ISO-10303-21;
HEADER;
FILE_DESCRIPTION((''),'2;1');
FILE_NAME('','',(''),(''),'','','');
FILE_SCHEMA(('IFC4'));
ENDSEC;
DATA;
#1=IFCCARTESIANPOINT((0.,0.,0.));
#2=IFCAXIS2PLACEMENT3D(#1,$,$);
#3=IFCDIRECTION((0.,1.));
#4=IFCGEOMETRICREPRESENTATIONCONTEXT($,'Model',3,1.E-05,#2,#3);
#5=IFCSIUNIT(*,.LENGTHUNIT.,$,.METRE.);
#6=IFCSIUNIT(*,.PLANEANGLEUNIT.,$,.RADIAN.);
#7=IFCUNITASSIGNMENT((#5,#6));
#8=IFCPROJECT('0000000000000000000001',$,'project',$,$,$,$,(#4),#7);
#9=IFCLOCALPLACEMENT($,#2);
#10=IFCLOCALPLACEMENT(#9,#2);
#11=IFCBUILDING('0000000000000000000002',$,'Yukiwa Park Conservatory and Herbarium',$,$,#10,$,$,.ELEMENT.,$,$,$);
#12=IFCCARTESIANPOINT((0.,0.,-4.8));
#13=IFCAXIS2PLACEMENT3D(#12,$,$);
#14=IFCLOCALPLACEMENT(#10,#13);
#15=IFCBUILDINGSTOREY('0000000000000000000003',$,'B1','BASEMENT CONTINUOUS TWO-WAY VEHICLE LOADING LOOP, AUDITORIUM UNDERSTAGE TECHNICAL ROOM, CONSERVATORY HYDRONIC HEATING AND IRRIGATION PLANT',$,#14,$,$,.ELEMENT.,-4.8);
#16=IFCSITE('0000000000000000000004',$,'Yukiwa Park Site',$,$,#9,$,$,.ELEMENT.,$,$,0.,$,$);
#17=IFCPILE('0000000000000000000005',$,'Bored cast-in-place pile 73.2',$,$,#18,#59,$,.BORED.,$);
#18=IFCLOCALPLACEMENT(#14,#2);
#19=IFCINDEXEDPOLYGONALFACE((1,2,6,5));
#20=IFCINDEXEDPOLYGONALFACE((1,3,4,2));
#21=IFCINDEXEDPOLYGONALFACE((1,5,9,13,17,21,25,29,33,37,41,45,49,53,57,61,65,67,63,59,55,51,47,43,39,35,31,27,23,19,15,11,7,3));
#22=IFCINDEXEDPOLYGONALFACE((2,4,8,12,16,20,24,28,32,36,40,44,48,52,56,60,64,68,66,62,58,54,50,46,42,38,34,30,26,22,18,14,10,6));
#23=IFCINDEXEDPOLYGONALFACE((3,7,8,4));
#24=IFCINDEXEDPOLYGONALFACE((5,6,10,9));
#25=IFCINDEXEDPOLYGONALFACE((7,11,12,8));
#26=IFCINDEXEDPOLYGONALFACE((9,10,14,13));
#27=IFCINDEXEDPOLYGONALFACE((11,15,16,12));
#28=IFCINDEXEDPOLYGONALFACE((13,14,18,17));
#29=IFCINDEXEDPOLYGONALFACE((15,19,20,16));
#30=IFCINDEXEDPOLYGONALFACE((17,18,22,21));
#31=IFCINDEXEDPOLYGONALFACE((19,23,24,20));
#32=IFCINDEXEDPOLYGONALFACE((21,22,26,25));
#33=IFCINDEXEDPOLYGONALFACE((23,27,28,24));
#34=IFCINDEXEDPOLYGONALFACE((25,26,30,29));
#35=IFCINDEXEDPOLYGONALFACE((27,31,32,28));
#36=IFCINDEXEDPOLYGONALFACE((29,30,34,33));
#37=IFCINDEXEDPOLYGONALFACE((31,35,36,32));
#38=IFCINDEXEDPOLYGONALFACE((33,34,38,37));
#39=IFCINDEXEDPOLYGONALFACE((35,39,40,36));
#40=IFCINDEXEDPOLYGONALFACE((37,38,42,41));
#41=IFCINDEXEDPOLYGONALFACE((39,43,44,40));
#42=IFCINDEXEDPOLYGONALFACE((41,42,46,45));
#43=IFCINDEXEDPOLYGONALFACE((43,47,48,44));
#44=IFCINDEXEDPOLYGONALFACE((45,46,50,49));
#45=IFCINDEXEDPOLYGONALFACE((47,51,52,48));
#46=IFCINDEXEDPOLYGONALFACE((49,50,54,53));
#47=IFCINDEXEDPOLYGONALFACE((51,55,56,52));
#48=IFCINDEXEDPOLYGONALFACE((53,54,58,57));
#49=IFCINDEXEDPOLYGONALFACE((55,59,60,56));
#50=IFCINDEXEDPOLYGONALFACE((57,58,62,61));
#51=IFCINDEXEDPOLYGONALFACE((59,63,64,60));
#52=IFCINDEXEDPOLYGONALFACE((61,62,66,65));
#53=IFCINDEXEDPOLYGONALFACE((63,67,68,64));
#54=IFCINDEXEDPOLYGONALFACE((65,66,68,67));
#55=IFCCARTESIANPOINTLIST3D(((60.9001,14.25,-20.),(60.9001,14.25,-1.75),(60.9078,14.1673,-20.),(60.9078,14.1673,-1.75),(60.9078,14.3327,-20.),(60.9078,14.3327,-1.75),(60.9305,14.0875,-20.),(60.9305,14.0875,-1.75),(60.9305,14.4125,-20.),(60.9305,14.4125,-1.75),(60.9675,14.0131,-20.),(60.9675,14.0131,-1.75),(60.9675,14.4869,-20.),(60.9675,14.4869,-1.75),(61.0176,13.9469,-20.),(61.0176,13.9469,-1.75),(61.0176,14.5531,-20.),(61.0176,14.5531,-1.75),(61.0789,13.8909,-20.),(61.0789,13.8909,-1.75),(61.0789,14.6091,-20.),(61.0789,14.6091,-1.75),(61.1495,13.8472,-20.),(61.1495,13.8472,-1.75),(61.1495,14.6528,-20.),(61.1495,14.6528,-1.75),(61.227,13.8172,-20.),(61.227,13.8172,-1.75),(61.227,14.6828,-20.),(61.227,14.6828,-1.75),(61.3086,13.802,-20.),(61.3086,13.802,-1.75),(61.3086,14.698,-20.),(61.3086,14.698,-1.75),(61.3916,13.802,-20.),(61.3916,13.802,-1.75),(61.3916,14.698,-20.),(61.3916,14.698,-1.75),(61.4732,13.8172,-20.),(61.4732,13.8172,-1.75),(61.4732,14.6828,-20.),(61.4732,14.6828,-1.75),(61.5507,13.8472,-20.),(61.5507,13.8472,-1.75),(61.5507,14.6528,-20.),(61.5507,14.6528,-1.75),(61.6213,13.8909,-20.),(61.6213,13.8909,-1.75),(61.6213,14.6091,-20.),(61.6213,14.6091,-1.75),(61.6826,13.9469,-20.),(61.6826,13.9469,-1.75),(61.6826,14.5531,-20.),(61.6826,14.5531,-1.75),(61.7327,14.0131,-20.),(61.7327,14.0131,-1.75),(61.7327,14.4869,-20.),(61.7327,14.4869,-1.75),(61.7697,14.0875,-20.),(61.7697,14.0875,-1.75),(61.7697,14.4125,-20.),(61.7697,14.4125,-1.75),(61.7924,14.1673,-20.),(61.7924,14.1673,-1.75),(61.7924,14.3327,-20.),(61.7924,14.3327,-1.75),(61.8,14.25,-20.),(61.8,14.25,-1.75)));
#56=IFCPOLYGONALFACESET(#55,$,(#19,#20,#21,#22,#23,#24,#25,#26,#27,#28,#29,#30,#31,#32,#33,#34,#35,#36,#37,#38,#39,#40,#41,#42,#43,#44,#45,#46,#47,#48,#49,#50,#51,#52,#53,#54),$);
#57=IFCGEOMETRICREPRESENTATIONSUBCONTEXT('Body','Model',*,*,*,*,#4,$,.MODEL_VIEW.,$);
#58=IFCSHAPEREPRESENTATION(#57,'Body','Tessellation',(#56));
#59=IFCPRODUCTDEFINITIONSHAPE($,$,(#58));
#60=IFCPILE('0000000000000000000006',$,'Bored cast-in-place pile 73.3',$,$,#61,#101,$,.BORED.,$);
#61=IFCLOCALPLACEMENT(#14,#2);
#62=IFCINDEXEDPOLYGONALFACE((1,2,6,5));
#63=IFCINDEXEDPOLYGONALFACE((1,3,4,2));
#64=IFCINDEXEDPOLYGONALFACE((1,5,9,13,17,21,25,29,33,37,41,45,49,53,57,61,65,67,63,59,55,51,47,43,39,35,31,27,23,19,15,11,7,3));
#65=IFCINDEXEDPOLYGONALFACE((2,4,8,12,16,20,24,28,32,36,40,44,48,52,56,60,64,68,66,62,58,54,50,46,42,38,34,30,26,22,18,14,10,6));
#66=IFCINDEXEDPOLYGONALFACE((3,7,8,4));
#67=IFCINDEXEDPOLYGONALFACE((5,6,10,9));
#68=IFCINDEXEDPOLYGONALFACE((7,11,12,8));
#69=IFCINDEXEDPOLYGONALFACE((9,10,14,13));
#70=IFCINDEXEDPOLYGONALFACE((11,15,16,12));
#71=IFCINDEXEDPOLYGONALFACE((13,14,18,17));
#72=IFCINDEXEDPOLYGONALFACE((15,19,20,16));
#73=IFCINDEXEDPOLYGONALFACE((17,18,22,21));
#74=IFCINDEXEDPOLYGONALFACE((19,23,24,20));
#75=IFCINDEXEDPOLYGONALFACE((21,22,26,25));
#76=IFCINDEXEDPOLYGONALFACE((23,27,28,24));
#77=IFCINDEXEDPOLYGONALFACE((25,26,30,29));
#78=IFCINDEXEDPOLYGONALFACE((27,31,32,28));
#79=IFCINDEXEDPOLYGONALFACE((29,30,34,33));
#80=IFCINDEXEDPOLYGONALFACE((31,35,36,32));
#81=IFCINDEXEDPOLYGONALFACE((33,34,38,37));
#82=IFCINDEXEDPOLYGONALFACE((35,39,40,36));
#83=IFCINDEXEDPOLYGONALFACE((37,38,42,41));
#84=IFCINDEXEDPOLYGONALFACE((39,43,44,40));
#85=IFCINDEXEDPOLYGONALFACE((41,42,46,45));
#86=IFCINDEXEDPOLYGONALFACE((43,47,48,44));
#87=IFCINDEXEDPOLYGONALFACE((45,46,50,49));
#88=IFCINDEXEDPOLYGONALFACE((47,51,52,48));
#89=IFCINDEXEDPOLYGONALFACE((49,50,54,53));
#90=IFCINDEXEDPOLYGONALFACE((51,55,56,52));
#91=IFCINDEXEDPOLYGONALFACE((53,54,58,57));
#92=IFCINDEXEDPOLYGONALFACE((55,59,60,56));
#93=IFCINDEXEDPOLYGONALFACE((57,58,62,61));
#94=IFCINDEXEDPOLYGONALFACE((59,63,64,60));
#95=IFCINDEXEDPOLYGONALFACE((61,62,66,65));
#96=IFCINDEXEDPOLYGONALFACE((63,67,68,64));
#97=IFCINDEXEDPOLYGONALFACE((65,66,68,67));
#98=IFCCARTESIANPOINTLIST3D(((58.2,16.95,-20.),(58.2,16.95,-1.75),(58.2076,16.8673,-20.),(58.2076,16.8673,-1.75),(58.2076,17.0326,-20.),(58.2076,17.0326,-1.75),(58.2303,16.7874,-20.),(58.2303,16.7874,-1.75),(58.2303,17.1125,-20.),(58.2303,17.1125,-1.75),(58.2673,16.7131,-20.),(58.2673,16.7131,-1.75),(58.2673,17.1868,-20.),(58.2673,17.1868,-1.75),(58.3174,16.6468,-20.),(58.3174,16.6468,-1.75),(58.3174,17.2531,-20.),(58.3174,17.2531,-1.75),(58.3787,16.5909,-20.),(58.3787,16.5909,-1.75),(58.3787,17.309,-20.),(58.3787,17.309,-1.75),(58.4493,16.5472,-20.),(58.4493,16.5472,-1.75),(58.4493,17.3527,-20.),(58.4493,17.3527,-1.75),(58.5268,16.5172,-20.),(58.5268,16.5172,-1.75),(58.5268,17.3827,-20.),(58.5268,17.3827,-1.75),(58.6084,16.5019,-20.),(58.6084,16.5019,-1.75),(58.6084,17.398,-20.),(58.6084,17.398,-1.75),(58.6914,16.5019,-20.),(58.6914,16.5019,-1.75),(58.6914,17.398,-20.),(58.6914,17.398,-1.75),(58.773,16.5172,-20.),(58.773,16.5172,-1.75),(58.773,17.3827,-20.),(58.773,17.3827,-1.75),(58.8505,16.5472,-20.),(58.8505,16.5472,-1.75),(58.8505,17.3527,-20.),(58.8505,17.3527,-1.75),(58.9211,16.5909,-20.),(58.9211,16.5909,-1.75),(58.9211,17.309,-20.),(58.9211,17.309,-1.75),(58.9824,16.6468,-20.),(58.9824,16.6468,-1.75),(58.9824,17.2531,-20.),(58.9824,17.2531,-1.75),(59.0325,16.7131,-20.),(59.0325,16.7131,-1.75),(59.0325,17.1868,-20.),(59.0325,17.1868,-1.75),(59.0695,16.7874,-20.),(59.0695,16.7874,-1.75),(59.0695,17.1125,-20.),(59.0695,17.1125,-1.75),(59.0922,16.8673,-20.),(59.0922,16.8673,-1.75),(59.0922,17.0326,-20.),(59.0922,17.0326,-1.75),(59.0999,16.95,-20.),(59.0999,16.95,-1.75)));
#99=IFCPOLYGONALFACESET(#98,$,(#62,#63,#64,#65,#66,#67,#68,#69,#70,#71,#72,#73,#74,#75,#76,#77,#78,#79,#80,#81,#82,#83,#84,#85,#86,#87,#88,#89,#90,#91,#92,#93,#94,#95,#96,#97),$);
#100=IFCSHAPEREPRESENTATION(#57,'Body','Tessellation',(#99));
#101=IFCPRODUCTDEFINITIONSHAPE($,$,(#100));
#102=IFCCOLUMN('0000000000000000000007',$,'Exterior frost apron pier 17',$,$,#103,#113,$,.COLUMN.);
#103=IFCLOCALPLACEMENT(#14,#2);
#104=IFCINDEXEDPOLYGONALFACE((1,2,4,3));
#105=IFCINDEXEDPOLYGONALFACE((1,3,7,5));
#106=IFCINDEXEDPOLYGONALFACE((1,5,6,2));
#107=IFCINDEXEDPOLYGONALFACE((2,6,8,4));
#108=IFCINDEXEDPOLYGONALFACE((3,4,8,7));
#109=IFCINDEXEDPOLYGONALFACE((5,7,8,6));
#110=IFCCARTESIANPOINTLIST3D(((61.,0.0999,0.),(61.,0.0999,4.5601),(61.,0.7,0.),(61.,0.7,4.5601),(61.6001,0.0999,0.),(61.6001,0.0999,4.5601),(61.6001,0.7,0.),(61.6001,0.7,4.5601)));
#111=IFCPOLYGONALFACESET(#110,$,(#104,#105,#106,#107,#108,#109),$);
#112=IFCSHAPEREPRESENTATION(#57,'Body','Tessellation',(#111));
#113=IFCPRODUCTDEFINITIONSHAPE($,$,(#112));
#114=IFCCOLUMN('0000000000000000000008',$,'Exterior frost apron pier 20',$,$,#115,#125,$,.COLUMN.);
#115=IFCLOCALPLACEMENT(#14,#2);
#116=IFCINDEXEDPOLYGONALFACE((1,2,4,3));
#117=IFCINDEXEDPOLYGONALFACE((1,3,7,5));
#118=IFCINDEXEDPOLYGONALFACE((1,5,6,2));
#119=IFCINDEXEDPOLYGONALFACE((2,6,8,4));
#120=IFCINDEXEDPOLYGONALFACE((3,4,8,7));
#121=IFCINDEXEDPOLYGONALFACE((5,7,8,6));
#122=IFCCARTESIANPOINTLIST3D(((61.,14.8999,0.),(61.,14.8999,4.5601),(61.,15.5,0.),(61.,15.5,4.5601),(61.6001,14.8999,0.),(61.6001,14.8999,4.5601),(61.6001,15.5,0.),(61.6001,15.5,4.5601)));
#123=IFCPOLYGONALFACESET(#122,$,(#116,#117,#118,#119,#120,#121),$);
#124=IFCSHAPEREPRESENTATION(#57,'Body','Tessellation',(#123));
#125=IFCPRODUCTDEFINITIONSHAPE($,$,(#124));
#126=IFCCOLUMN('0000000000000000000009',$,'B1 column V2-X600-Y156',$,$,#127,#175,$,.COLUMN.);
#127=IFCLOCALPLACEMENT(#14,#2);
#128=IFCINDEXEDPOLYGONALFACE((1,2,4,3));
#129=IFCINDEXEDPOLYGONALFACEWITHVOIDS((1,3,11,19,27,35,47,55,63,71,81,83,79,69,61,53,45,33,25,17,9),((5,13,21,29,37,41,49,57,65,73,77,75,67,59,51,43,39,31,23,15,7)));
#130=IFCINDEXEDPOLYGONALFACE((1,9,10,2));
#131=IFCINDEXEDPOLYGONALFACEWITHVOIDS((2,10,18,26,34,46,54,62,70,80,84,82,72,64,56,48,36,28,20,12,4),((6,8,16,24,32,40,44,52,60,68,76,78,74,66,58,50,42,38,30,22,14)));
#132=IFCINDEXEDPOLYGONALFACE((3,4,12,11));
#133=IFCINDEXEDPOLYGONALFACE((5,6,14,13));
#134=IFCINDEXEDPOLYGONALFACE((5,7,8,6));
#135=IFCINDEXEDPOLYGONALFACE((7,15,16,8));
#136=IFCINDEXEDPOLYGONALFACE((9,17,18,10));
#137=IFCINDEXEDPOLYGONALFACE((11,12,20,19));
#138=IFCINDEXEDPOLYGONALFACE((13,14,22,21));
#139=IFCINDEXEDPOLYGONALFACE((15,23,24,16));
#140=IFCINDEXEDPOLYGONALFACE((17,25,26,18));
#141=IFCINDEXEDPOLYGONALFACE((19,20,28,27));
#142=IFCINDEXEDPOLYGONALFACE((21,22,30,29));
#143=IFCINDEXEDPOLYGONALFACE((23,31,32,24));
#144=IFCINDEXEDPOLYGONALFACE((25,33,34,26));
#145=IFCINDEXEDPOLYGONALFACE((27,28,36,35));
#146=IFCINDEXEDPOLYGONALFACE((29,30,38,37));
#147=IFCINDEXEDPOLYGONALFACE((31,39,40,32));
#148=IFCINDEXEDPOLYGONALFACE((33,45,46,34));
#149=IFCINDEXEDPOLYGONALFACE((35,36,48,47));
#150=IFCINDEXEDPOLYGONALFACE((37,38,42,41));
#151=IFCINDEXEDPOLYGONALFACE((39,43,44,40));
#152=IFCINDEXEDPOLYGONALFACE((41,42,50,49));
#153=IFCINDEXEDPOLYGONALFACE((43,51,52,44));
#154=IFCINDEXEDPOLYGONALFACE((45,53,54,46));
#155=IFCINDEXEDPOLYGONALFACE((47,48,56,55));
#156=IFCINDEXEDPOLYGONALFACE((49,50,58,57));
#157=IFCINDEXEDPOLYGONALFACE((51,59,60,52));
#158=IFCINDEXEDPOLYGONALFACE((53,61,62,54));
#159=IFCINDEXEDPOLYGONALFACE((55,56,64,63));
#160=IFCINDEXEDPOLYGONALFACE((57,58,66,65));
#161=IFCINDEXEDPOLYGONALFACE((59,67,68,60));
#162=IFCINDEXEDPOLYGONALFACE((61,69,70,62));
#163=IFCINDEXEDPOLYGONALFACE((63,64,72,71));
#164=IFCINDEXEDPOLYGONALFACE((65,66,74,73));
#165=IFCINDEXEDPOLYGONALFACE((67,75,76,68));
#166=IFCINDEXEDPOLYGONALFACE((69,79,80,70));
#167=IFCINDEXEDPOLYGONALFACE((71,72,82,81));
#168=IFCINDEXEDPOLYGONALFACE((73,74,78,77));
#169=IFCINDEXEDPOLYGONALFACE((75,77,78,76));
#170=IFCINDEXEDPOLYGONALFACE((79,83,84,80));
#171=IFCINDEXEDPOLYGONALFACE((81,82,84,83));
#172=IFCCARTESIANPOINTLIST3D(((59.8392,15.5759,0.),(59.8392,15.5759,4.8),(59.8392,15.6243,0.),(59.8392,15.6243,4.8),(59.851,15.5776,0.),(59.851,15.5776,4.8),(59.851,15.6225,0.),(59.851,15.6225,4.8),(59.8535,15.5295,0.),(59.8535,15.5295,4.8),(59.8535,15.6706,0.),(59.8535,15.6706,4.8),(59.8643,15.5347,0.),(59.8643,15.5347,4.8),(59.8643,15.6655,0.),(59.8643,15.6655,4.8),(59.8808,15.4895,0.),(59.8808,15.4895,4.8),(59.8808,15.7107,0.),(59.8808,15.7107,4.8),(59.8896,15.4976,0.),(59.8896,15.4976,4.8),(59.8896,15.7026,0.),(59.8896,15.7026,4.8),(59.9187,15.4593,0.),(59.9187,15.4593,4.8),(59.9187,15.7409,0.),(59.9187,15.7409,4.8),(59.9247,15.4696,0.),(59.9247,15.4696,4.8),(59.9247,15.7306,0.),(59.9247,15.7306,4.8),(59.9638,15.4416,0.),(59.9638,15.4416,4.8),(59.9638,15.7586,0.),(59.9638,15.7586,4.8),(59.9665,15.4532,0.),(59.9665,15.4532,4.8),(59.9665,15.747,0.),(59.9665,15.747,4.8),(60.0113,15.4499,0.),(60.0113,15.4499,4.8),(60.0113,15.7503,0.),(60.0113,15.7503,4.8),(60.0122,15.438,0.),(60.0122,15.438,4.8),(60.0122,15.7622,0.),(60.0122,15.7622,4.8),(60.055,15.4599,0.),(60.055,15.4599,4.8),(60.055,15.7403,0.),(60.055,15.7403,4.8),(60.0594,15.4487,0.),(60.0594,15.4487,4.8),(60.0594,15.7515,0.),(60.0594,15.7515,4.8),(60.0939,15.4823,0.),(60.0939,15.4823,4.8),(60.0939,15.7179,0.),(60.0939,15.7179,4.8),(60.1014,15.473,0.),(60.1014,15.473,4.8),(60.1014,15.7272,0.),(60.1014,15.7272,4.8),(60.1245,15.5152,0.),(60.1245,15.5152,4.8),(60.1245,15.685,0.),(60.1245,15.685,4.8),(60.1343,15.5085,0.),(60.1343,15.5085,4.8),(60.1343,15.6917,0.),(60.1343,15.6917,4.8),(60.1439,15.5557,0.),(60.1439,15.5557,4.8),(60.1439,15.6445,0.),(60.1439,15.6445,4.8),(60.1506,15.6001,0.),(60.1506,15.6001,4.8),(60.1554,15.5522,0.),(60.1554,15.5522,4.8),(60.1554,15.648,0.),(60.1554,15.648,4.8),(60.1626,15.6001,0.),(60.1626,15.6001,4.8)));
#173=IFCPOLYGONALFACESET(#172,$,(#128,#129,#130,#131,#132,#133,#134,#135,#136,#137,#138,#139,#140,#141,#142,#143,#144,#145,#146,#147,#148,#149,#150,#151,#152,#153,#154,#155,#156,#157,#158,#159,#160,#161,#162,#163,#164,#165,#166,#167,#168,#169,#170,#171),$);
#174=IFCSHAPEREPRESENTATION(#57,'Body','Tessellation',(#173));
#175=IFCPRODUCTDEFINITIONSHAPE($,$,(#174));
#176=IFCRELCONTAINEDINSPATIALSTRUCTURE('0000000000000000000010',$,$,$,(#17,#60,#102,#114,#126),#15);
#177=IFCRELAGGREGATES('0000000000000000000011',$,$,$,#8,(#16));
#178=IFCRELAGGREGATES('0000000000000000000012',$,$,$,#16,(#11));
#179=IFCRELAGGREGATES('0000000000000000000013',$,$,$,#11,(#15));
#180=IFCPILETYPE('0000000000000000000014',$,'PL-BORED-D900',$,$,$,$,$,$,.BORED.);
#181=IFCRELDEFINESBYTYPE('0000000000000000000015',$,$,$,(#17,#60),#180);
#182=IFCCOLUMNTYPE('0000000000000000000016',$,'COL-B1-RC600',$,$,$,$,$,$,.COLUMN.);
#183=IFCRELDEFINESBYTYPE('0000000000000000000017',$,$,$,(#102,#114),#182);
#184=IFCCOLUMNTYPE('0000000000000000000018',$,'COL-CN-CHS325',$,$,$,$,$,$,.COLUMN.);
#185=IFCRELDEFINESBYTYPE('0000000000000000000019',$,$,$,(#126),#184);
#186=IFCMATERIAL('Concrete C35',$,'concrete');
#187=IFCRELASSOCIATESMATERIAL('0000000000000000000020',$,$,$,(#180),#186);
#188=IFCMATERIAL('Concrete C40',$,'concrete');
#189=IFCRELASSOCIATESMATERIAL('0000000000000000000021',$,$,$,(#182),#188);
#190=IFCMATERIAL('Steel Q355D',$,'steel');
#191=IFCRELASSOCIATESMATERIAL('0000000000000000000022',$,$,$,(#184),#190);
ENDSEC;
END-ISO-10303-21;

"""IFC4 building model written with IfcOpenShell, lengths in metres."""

from ifc_helpers import new_model, si_unit, direction, frame, origin, origin_2d, place, context, subcontext, project, spatial, rectangle, circle, hollow_circle, extrude, material, material_profile, profile_set, type_object, element, save


model = new_model("IFC4")

# Units and contexts
model_context = context("Model", 3, precision=1e-05, world=origin(), true_north=direction((0.0, 1.0)))
body_context = subcontext(model_context, "Body", "Model", "MODEL_VIEW")
ifc_project = project(units=[si_unit("LENGTHUNIT", "METRE"), si_unit("PLANEANGLEUNIT", "RADIAN")], contexts=[model_context])

# Site, building, storey
site_placement = place(None, origin())
site = spatial("IfcSite", under=ifc_project, at=site_placement, Name="Yukiwa Park Site", CompositionType="ELEMENT", RefElevation=0.0)
building_placement = place(site_placement, origin())
building = spatial("IfcBuilding", under=site, at=building_placement, Name="Yukiwa Park Conservatory and Herbarium", CompositionType="ELEMENT")
storey_placement = place(building_placement, frame((0.0, 0.0, -4.8)))
storey = spatial("IfcBuildingStorey", under=building, at=storey_placement, Name="B1", Description="BASEMENT CONTINUOUS TWO-WAY VEHICLE LOADING LOOP, AUDITORIUM UNDERSTAGE TECHNICAL ROOM, CONSERVATORY HYDRONIC HEATING AND IRRIGATION PLANT", CompositionType="ELEMENT", Elevation=-4.8)

# Piles
ifc_material_1 = material(Name="Concrete C35", Category="concrete")
ifc_material_profile_1 = material_profile(ifc_material_1, circle(Radius=0.45, at=origin_2d()), Name="PILE D900")
ifc_profile_set_1 = profile_set([ifc_material_profile_1], Name="Concrete C35")
pile_type_1 = type_object("IfcPileType", Name="PL-BORED-D900", PredefinedType="BORED", material=ifc_profile_set_1)
for number, where, z_axis, x_axis, name in (
    (1, (61.3501, 14.25, -1.75), (0.0, 0.0, -1.0), (1.0, 0.0, 0.0), "Bored cast-in-place pile 73.2"),
    (2, (58.6499, 16.95, -1.75), (0.0, 0.0, -1.0), (1.0, 0.0, 0.0), "Bored cast-in-place pile 73.3"),
):
    element("IfcPile", number, at=place(storey_placement, frame(where, z_axis=z_axis, x_axis=x_axis)), inside=storey, type_object=pile_type_1, Name=name, PredefinedType="BORED", context=body_context, shape_type="SweptSolid", body=[
        extrude(circle(Radius=0.45, at=origin_2d()), origin(), (0.0, 0.0, 1.0), 18.25),
    ])

# Columns
ifc_material_2 = material(Name="Concrete C40", Category="concrete")
ifc_material_profile_2 = material_profile(ifc_material_2, rectangle(XDim=0.6001, YDim=0.6001, at=origin_2d()), Name="RC 600x600")
ifc_profile_set_2 = profile_set([ifc_material_profile_2], Name="Concrete C40")
column_type_1 = type_object("IfcColumnType", Name="COL-B1-RC600", PredefinedType="COLUMN", material=ifc_profile_set_2)
for number, where, z_axis, x_axis, name in (
    (3, (61.3, 0.3999, 0.0), (0.0, 0.0, 1.0), (1.0, 0.0, 0.0), "Exterior frost apron pier 17"),
    (4, (61.3, 15.2, 0.0), (0.0, 0.0, 1.0), (1.0, 0.0, 0.0), "Exterior frost apron pier 20"),
):
    element("IfcColumn", number, at=place(storey_placement, frame(where, z_axis=z_axis, x_axis=x_axis)), inside=storey, type_object=column_type_1, Name=name, PredefinedType="COLUMN", context=body_context, shape_type="SweptSolid", body=[
        extrude(rectangle(XDim=0.6001, YDim=0.6001, at=origin_2d()), origin(), (0.0, 0.0, 1.0), 4.5601),
    ])
ifc_material_3 = material(Name="Steel Q355D", Category="steel")
ifc_material_profile_3 = material_profile(ifc_material_3, hollow_circle(Radius=0.1626, WallThickness=0.012, at=origin_2d()), Name="CHS 325x12")
ifc_profile_set_3 = profile_set([ifc_material_profile_3], Name="Steel Q355D")
column_type_2 = type_object("IfcColumnType", Name="COL-CN-CHS325", PredefinedType="COLUMN", material=ifc_profile_set_3)
column_1_placement = place(storey_placement, frame((60.0, 15.6001, 0.0), z_axis=(0.0, 0.0, 1.0), x_axis=(1.0, 0.0, 0.0)))
element("IfcColumn", 5, at=column_1_placement, inside=storey, type_object=column_type_2, Name="B1 column V2-X600-Y156", PredefinedType="COLUMN", context=body_context, shape_type="SweptSolid", body=[
    extrude(hollow_circle(Radius=0.1626, WallThickness=0.012, at=origin_2d()), origin(), (0.0, 0.0, 1.0), 4.8),
])

save(model, "model.ifc")
